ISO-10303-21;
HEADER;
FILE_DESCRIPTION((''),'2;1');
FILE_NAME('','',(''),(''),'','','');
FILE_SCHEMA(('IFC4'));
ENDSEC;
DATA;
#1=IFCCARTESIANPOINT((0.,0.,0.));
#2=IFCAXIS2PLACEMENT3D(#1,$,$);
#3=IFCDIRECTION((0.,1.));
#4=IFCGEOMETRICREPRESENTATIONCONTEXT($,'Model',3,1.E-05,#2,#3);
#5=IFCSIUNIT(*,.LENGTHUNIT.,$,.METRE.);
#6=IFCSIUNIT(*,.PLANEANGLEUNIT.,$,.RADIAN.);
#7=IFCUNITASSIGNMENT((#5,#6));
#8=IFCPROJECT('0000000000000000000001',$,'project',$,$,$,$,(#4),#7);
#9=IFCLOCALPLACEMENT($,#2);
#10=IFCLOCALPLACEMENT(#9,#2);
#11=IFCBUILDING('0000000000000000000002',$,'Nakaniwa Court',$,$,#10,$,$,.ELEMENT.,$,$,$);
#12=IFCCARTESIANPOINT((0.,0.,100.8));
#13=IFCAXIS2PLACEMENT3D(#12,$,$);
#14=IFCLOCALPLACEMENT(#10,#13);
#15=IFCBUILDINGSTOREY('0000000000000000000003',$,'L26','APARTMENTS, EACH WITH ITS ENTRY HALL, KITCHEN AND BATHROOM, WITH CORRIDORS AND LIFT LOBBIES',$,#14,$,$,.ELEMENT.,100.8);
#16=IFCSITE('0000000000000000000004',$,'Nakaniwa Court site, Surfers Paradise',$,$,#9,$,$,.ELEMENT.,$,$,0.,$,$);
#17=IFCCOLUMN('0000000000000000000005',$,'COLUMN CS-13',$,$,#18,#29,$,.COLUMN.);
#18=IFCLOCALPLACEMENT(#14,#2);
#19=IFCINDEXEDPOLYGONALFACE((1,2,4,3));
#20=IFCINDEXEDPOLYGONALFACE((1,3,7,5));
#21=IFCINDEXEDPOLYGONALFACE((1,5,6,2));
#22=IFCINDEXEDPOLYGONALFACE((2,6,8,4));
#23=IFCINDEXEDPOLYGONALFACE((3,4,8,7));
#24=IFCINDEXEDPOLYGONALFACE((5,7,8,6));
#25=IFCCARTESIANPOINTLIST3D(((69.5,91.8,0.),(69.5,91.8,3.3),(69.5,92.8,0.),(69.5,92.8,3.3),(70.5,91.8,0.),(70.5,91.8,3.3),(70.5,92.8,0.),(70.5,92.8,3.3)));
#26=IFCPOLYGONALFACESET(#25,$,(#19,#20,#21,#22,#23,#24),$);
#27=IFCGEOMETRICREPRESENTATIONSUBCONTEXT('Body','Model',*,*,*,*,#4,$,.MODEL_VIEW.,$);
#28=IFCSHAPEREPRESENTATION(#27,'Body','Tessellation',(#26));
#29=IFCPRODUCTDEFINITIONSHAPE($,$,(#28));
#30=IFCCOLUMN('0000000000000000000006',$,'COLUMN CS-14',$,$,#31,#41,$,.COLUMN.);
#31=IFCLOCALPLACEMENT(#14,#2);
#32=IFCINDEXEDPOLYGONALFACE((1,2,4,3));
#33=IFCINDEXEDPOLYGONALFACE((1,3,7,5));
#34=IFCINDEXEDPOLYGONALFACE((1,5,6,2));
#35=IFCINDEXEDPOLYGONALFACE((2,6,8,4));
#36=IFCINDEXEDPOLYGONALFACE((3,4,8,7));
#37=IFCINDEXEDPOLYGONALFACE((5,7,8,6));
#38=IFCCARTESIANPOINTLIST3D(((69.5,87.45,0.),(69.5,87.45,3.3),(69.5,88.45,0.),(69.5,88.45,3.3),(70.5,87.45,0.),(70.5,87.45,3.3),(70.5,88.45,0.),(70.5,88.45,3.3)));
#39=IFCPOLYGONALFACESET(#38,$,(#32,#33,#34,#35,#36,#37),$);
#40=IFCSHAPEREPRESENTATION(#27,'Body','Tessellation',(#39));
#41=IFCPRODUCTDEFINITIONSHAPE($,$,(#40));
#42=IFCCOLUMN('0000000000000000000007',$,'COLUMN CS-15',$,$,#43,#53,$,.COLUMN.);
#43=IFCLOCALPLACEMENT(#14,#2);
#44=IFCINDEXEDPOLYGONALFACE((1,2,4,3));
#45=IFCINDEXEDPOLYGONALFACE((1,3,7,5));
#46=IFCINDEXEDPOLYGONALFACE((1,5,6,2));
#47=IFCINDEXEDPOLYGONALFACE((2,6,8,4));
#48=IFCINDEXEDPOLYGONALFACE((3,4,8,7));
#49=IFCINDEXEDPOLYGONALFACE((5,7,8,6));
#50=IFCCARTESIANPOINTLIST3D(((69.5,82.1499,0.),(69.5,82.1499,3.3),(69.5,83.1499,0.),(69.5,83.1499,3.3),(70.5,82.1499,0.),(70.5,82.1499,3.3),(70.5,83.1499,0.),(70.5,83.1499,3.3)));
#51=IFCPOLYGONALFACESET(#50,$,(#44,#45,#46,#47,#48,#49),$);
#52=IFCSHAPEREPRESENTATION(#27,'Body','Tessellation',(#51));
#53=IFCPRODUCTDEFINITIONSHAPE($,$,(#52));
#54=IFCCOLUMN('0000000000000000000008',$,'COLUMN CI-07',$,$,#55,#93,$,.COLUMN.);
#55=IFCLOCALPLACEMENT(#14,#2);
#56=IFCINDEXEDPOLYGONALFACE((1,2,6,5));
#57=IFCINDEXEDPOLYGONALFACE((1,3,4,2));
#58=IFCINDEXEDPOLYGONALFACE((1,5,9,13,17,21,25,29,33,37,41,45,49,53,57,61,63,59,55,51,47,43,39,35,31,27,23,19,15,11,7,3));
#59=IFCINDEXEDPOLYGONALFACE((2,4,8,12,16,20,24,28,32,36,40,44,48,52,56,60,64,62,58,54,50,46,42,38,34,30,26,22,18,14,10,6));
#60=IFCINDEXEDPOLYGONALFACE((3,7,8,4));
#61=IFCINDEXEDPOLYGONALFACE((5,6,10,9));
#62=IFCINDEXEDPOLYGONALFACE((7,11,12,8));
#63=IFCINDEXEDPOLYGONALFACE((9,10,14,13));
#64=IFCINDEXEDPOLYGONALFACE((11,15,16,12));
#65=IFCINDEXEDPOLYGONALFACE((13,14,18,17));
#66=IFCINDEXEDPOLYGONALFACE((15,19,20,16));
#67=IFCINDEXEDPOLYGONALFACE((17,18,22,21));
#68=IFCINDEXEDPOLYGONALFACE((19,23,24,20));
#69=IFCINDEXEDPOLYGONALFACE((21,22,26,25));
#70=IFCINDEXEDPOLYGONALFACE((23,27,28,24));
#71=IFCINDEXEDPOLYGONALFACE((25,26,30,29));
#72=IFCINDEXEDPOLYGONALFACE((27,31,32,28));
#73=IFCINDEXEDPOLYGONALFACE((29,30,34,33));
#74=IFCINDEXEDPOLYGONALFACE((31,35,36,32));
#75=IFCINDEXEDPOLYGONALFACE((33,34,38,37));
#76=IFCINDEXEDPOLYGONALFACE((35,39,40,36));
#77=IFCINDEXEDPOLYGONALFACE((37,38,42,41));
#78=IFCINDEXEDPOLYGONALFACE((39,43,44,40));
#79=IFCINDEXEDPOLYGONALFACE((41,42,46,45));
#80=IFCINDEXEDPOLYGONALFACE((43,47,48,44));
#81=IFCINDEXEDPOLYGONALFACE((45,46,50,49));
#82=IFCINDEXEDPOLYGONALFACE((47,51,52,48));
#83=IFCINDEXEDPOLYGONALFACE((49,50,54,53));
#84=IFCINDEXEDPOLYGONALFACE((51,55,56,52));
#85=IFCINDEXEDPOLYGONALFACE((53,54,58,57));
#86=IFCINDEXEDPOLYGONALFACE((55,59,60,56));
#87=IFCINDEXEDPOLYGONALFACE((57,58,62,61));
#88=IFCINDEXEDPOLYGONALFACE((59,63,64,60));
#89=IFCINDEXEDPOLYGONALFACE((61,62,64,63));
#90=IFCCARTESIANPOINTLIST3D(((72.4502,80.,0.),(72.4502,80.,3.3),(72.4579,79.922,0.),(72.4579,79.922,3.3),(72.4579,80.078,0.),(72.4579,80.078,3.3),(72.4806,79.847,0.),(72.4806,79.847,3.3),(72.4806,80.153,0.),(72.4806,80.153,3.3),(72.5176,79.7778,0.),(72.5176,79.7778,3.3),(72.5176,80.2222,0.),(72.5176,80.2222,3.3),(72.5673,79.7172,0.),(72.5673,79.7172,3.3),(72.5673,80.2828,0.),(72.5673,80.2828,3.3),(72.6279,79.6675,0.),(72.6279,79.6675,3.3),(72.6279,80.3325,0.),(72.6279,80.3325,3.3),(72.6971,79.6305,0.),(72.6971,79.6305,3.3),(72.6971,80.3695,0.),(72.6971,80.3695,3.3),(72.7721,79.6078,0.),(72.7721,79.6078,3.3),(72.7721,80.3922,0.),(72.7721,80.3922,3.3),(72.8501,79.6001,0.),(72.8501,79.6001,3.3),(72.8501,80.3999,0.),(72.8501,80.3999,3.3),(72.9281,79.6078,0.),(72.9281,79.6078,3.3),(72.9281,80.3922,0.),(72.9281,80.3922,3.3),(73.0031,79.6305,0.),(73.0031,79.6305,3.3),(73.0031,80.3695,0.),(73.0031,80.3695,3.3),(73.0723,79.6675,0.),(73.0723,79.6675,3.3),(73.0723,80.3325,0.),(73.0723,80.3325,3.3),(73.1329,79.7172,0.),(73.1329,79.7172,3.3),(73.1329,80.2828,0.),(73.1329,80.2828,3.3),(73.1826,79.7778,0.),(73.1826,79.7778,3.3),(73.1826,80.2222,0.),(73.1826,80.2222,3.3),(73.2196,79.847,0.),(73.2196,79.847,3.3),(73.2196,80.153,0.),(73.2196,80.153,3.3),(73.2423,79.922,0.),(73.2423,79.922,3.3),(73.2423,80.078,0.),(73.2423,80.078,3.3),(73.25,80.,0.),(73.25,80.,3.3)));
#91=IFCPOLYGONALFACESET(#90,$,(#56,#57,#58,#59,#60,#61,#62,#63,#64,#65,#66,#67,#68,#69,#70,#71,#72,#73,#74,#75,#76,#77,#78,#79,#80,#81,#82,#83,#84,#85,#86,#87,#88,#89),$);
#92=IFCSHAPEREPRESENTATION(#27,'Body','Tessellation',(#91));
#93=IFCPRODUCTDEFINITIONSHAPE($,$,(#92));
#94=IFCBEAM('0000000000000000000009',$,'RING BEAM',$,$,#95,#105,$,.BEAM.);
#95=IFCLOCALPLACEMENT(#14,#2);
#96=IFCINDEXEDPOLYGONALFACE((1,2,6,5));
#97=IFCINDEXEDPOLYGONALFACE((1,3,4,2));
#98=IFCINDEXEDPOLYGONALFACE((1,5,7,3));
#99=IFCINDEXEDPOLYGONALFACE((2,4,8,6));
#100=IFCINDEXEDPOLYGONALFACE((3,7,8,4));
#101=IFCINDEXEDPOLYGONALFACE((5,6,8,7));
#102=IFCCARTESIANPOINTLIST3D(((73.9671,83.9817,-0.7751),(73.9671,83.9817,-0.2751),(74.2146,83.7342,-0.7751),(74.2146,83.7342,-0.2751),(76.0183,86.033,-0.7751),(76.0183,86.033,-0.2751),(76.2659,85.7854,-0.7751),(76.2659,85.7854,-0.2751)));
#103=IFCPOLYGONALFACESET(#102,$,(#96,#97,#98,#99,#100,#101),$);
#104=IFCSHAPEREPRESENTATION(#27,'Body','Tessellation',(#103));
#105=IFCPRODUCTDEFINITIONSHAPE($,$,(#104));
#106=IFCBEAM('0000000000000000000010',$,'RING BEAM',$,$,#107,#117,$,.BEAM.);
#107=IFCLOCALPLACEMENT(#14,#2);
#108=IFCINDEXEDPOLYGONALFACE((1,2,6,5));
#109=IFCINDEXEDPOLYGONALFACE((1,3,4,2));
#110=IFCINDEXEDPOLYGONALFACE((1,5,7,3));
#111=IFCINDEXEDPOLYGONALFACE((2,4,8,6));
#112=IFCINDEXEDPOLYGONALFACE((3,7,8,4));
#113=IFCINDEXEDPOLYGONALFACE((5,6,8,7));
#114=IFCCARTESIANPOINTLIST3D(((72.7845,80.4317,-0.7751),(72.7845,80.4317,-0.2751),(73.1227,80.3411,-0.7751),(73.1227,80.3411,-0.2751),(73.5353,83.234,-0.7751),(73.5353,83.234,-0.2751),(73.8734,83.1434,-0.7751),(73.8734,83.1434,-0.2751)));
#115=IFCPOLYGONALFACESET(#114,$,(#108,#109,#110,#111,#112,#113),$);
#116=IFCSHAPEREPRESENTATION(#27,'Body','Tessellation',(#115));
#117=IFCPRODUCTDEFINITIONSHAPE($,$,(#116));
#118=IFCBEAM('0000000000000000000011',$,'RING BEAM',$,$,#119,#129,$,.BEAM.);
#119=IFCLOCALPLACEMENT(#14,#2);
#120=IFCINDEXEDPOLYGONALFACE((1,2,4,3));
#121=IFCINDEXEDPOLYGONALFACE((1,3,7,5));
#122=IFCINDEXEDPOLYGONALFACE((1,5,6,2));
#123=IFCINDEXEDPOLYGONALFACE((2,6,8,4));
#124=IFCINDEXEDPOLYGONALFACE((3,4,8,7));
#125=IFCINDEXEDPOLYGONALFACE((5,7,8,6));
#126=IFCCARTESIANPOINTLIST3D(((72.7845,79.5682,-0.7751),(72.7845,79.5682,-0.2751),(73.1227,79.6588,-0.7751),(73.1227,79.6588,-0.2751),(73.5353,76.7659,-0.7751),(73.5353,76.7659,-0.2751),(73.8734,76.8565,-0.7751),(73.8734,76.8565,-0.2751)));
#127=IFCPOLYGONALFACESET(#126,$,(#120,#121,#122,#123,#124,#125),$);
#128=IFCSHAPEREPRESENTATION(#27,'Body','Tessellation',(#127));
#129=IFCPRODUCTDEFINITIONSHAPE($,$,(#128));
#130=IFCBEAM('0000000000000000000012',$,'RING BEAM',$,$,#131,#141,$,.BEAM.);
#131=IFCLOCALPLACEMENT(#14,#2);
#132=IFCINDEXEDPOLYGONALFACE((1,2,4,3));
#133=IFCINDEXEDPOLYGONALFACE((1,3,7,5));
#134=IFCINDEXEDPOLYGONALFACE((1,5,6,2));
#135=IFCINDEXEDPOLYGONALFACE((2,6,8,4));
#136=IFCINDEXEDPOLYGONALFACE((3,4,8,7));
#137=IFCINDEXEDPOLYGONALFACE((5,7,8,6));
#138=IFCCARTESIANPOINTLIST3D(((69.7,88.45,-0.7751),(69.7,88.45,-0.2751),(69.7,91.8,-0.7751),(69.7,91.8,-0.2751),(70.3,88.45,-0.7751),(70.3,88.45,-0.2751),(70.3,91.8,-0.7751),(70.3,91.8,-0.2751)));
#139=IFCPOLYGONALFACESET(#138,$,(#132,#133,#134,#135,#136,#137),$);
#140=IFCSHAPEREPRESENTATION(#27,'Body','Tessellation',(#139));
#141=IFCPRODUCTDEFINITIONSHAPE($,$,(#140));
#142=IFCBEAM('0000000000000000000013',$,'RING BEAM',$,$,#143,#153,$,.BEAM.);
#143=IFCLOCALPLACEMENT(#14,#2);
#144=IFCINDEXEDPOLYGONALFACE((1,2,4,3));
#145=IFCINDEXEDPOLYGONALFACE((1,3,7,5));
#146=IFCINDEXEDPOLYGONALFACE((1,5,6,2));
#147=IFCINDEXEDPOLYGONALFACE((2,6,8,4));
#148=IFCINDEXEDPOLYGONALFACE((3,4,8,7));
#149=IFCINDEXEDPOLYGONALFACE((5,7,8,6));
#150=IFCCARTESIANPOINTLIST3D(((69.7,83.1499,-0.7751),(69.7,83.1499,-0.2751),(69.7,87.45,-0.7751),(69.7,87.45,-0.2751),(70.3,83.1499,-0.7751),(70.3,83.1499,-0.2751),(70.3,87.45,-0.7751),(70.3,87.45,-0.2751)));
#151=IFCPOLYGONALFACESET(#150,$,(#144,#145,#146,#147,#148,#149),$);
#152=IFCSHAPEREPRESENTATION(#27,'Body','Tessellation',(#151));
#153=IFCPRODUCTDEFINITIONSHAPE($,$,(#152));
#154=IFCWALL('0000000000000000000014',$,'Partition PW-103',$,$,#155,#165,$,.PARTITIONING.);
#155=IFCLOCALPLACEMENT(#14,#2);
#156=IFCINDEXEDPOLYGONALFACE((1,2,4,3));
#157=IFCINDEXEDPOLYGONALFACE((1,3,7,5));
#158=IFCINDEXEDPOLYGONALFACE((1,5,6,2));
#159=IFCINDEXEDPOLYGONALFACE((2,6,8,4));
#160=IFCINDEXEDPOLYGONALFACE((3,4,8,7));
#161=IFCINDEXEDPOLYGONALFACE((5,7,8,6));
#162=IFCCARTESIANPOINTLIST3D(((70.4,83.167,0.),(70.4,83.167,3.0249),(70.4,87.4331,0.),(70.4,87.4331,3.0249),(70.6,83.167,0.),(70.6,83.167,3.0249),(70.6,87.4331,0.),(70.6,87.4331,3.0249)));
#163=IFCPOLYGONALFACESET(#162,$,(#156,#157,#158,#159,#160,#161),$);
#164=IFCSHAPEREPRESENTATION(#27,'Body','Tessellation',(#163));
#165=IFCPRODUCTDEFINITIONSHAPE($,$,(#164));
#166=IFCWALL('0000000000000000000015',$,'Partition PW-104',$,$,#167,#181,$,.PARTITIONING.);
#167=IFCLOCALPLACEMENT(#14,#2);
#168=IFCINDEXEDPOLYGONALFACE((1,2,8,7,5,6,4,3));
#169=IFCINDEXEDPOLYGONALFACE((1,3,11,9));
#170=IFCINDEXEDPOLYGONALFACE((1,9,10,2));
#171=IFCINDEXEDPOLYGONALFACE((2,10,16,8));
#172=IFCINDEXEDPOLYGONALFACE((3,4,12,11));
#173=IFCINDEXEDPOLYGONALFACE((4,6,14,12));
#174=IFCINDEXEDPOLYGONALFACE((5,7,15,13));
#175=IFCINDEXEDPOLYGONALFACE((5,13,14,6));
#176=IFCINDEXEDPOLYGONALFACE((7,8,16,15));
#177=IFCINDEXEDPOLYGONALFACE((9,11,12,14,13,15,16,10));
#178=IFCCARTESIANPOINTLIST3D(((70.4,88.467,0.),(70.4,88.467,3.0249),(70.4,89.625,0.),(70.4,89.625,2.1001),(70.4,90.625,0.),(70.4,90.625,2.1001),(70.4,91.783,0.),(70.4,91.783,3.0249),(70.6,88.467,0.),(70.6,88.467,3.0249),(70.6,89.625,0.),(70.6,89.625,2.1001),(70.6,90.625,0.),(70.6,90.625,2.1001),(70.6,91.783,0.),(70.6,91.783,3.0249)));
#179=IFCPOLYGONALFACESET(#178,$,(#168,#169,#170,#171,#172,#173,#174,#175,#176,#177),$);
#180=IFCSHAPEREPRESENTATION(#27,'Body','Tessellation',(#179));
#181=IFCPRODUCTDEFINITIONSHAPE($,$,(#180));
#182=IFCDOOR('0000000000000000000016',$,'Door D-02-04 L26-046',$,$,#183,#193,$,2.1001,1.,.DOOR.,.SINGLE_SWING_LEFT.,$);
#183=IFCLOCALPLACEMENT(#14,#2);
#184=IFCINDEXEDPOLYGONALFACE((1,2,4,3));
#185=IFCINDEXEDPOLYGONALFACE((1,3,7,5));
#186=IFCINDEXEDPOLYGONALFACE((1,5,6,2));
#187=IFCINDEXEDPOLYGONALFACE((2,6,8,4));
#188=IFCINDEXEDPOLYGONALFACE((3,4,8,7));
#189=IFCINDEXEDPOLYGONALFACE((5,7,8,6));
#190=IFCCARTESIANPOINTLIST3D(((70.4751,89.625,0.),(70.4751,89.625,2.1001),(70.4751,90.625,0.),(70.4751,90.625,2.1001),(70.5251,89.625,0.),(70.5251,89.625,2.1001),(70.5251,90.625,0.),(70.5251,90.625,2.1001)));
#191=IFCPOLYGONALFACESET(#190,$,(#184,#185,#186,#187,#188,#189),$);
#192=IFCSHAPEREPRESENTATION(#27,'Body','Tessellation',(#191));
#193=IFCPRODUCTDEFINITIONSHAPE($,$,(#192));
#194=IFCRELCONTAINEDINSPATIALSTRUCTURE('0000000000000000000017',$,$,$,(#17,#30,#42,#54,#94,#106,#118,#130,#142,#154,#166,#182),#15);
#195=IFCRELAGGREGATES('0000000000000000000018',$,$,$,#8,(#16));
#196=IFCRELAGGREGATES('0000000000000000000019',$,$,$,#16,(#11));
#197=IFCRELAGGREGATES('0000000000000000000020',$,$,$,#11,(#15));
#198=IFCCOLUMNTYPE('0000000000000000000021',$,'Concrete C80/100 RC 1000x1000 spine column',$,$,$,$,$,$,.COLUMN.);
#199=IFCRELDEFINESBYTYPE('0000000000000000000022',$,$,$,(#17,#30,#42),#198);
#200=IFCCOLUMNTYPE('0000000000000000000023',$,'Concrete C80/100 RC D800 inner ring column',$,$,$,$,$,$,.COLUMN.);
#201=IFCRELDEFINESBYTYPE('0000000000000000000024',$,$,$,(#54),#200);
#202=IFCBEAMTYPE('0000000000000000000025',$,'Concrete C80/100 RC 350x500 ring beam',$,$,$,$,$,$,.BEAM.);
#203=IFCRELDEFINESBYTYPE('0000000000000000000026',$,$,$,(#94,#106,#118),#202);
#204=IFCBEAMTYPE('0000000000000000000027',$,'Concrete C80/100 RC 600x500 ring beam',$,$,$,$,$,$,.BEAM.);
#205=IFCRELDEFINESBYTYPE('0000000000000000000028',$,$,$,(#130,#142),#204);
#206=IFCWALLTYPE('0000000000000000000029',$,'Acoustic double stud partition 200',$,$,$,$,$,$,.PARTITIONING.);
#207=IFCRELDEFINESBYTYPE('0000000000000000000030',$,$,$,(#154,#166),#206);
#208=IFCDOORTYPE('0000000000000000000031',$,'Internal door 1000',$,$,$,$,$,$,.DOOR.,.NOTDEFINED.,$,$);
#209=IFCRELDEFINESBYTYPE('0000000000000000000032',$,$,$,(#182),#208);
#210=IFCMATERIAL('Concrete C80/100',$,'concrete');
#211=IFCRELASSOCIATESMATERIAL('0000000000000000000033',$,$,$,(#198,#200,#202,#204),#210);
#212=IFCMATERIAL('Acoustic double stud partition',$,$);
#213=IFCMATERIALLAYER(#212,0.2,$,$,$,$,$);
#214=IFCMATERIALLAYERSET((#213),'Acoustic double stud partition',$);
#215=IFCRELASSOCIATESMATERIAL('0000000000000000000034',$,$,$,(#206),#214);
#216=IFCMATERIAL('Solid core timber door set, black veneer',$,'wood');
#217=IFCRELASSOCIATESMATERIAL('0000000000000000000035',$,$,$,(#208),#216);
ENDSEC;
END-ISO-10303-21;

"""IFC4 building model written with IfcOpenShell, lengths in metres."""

from ifc_helpers import new_model, si_unit, direction, frame, frame_2d, origin, origin_2d, place, context, subcontext, project, spatial, rectangle, circle, extrude, material, layer, layer_set, material_profile, profile_set, type_object, element, fill, save


model = new_model("IFC4")

# Units and contexts
model_context = context("Model", 3, precision=1e-05, world=origin(), true_north=direction((0.0, 1.0)))
body_context = subcontext(model_context, "Body", "Model", "MODEL_VIEW")
ifc_project = project(units=[si_unit("LENGTHUNIT", "METRE"), si_unit("PLANEANGLEUNIT", "RADIAN")], contexts=[model_context])

# Site, building, storey
site_placement = place(None, origin())
site = spatial("IfcSite", under=ifc_project, at=site_placement, Name="Nakaniwa Court site, Surfers Paradise", CompositionType="ELEMENT", RefElevation=0.0)
building_placement = place(site_placement, origin())
building = spatial("IfcBuilding", under=site, at=building_placement, Name="Nakaniwa Court", CompositionType="ELEMENT")
storey_placement = place(building_placement, frame((0.0, 0.0, 100.8)))
storey = spatial("IfcBuildingStorey", under=building, at=storey_placement, Name="L26", Description="APARTMENTS, EACH WITH ITS ENTRY HALL, KITCHEN AND BATHROOM, WITH CORRIDORS AND LIFT LOBBIES", CompositionType="ELEMENT", Elevation=100.8)

# Columns
ifc_material_1 = material(Name="Concrete C80/100", Category="concrete")
ifc_material_profile_1 = material_profile(ifc_material_1, rectangle(XDim=1.0, YDim=1.0, at=origin_2d()), Name="Concrete C80/100 RC 1000x1000 spine column")
ifc_profile_set_1 = profile_set([ifc_material_profile_1], Name="Concrete C80/100")
column_type_1 = type_object("IfcColumnType", Name="Concrete C80/100 RC 1000x1000 spine column", PredefinedType="COLUMN", material=ifc_profile_set_1)
for number, where, z_axis, x_axis, name in (
    (1, (70.0, 92.3, 0.0), (0.0, 0.0, 1.0), (0.0, -1.0, 0.0), "COLUMN CS-13"),
    (2, (70.0, 87.95, 0.0), (0.0, 0.0, 1.0), (0.0, -1.0, 0.0), "COLUMN CS-14"),
    (3, (70.0, 82.6499, 0.0), (0.0, 0.0, 1.0), (0.0, -1.0, 0.0), "COLUMN CS-15"),
):
    element("IfcColumn", number, at=place(storey_placement, frame(where, z_axis=z_axis, x_axis=x_axis)), inside=storey, type_object=column_type_1, Name=name, PredefinedType="COLUMN", context=body_context, shape_type="SweptSolid", body=[
        extrude(rectangle(XDim=1.0, YDim=1.0, at=origin_2d()), origin(), (0.0, 0.0, 1.0), 3.3),
    ])
ifc_material_profile_2 = material_profile(ifc_material_1, circle(Radius=0.3999, at=origin_2d()), Name="Concrete C80/100 RC D800 inner ring column")
ifc_profile_set_2 = profile_set([ifc_material_profile_2], Name="Concrete C80/100")
column_type_2 = type_object("IfcColumnType", Name="Concrete C80/100 RC D800 inner ring column", PredefinedType="COLUMN", material=ifc_profile_set_2)
for number, where, z_axis, x_axis, name in (
    (4, (72.8501, 80.0, 0.0), (0.0, 0.0, 1.0), (0.0, -1.0, 0.0), "COLUMN CI-07"),
):
    element("IfcColumn", number, at=place(storey_placement, frame(where, z_axis=z_axis, x_axis=x_axis)), inside=storey, type_object=column_type_2, Name=name, PredefinedType="COLUMN", context=body_context, shape_type="SweptSolid", body=[
        extrude(circle(Radius=0.3999, at=origin_2d()), origin(), (0.0, 0.0, 1.0), 3.3),
    ])

# Beams
ifc_material_profile_3 = material_profile(ifc_material_1, rectangle(XDim=0.3501, YDim=0.5, at=origin_2d()), Name="Concrete C80/100 RC 350x500 ring beam")
ifc_profile_set_3 = profile_set([ifc_material_profile_3], Name="Concrete C80/100")
beam_type_1 = type_object("IfcBeamType", Name="Concrete C80/100 RC 350x500 ring beam", PredefinedType="BEAM", material=ifc_profile_set_3)
beam_1_placement = place(storey_placement, frame((76.1421, 85.9092, -0.5251), z_axis=(-0.707107, -0.707107, 0.0), x_axis=(0.707107, -0.707107, 0.0)))
element("IfcBeam", 5, at=beam_1_placement, inside=storey, type_object=beam_type_1, Name="RING BEAM", PredefinedType="BEAM", context=body_context, shape_type="SweptSolid", body=[
    extrude(rectangle(XDim=0.3501, YDim=0.5, at=origin_2d()), origin(), (0.0, 0.0, 1.0), 2.9009),
])
for number, where, z_axis, x_axis, name in (
    (6, (73.7043, 83.1887, -0.5251), (-0.258778, -0.965937, 0.0), (0.965937, -0.258778, 0.0), "RING BEAM"),
    (7, (72.9536, 79.6135, -0.5251), (0.258778, -0.965937, 0.0), (0.965937, 0.258778, 0.0), "RING BEAM"),
):
    element("IfcBeam", number, at=place(storey_placement, frame(where, z_axis=z_axis, x_axis=x_axis)), inside=storey, type_object=beam_type_1, Name=name, PredefinedType="BEAM", context=body_context, shape_type="SweptSolid", body=[
        extrude(rectangle(XDim=0.3501, YDim=0.5, at=origin_2d()), origin(), (0.0, 0.0, 1.0), 2.9011),
    ])
ifc_material_profile_4 = material_profile(ifc_material_1, rectangle(XDim=0.6001, YDim=0.5, at=origin_2d()), Name="Concrete C80/100 RC 600x500 ring beam")
ifc_profile_set_4 = profile_set([ifc_material_profile_4], Name="Concrete C80/100")
beam_type_2 = type_object("IfcBeamType", Name="Concrete C80/100 RC 600x500 ring beam", PredefinedType="BEAM", material=ifc_profile_set_4)
beam_2_placement = place(storey_placement, frame((70.0, 91.8, -0.5251), z_axis=(0.0, -1.0, 0.0), x_axis=(1.0, 0.0, 0.0)))
element("IfcBeam", 8, at=beam_2_placement, inside=storey, type_object=beam_type_2, Name="RING BEAM", PredefinedType="BEAM", context=body_context, shape_type="SweptSolid", body=[
    extrude(rectangle(XDim=0.6001, YDim=0.5, at=origin_2d()), origin(), (0.0, 0.0, 1.0), 3.3501),
])
beam_3_placement = place(storey_placement, frame((70.0, 87.45, -0.5251), z_axis=(0.0, -1.0, 0.0), x_axis=(1.0, 0.0, 0.0)))
element("IfcBeam", 9, at=beam_3_placement, inside=storey, type_object=beam_type_2, Name="RING BEAM", PredefinedType="BEAM", context=body_context, shape_type="SweptSolid", body=[
    extrude(rectangle(XDim=0.6001, YDim=0.5, at=origin_2d()), origin(), (0.0, 0.0, 1.0), 4.3),
])

# Wall
ifc_material_2 = material(Name="Acoustic double stud partition")
ifc_layer_1 = layer(ifc_material_2, 0.2)
ifc_layer_set_1 = layer_set([ifc_layer_1], Name="Acoustic double stud partition")
wall_type_1 = type_object("IfcWallType", Name="Acoustic double stud partition 200", PredefinedType="PARTITIONING", material=ifc_layer_set_1)
wall_1_placement = place(storey_placement, frame((70.5, 83.167, 0.0), z_axis=(0.0, 0.0, 1.0), x_axis=(0.0, 1.0, 0.0)))
element("IfcWall", 10, at=wall_1_placement, inside=storey, type_object=wall_type_1, Name="Partition PW-103", PredefinedType="PARTITIONING", context=body_context, shape_type="SweptSolid", body=[
    extrude(rectangle(XDim=4.2661, YDim=0.2, at=frame_2d((2.1331, 0.0))), origin(), (0.0, 0.0, 1.0), 3.0249),
])

# Wall, opening, door
wall_2_placement = place(storey_placement, frame((70.5, 88.467, 0.0), z_axis=(0.0, 0.0, 1.0), x_axis=(0.0, 1.0, 0.0)))
wall_2 = element("IfcWall", 11, at=wall_2_placement, inside=storey, type_object=wall_type_1, Name="Partition PW-104", PredefinedType="PARTITIONING", context=body_context, shape_type="SweptSolid", body=[
    extrude(rectangle(XDim=3.3159, YDim=0.2, at=frame_2d((1.658, 0.0))), origin(), (0.0, 0.0, 1.0), 3.0249),
])
opening_1_placement = place(wall_2_placement, frame((1.158, 0.0, 0.0)))
opening_1 = element("IfcOpeningElement", 12, at=opening_1_placement, cuts=wall_2, PredefinedType="OPENING", context=body_context, shape_type="SweptSolid", body=[
    extrude(rectangle(XDim=1.0, YDim=2.1001, at=frame_2d((0.5, 1.05))), frame((0.0, 0.1099, 0.0), z_axis=(0.0, -1.0, 0.0), x_axis=(1.0, 0.0, 0.0)), (0.0, 0.0, 1.0), 0.22),
])
ifc_material_3 = material(Name="Solid core timber door set, black veneer", Category="wood")
door_type_1 = type_object("IfcDoorType", Name="Internal door 1000", OperationType="NOTDEFINED", PredefinedType="DOOR", material=ifc_material_3)
door_1_placement = place(opening_1_placement, origin())
door_1 = element("IfcDoor", 13, at=door_1_placement, inside=storey, type_object=door_type_1, Name="Door D-02-04 L26-046", OperationType="SINGLE_SWING_LEFT", OverallHeight=2.1001, OverallWidth=1.0, PredefinedType="DOOR", context=body_context, shape_type="SweptSolid", body=[
    extrude(rectangle(XDim=1.0, YDim=2.1001, at=frame_2d((0.5, 1.05))), frame((0.0, 0.0249, 0.0), z_axis=(0.0, -1.0, 0.0), x_axis=(1.0, 0.0, 0.0)), (0.0, 0.0, 1.0), 0.05),
])
fill(opening_1, door_1)

save(model, "model.ifc")
